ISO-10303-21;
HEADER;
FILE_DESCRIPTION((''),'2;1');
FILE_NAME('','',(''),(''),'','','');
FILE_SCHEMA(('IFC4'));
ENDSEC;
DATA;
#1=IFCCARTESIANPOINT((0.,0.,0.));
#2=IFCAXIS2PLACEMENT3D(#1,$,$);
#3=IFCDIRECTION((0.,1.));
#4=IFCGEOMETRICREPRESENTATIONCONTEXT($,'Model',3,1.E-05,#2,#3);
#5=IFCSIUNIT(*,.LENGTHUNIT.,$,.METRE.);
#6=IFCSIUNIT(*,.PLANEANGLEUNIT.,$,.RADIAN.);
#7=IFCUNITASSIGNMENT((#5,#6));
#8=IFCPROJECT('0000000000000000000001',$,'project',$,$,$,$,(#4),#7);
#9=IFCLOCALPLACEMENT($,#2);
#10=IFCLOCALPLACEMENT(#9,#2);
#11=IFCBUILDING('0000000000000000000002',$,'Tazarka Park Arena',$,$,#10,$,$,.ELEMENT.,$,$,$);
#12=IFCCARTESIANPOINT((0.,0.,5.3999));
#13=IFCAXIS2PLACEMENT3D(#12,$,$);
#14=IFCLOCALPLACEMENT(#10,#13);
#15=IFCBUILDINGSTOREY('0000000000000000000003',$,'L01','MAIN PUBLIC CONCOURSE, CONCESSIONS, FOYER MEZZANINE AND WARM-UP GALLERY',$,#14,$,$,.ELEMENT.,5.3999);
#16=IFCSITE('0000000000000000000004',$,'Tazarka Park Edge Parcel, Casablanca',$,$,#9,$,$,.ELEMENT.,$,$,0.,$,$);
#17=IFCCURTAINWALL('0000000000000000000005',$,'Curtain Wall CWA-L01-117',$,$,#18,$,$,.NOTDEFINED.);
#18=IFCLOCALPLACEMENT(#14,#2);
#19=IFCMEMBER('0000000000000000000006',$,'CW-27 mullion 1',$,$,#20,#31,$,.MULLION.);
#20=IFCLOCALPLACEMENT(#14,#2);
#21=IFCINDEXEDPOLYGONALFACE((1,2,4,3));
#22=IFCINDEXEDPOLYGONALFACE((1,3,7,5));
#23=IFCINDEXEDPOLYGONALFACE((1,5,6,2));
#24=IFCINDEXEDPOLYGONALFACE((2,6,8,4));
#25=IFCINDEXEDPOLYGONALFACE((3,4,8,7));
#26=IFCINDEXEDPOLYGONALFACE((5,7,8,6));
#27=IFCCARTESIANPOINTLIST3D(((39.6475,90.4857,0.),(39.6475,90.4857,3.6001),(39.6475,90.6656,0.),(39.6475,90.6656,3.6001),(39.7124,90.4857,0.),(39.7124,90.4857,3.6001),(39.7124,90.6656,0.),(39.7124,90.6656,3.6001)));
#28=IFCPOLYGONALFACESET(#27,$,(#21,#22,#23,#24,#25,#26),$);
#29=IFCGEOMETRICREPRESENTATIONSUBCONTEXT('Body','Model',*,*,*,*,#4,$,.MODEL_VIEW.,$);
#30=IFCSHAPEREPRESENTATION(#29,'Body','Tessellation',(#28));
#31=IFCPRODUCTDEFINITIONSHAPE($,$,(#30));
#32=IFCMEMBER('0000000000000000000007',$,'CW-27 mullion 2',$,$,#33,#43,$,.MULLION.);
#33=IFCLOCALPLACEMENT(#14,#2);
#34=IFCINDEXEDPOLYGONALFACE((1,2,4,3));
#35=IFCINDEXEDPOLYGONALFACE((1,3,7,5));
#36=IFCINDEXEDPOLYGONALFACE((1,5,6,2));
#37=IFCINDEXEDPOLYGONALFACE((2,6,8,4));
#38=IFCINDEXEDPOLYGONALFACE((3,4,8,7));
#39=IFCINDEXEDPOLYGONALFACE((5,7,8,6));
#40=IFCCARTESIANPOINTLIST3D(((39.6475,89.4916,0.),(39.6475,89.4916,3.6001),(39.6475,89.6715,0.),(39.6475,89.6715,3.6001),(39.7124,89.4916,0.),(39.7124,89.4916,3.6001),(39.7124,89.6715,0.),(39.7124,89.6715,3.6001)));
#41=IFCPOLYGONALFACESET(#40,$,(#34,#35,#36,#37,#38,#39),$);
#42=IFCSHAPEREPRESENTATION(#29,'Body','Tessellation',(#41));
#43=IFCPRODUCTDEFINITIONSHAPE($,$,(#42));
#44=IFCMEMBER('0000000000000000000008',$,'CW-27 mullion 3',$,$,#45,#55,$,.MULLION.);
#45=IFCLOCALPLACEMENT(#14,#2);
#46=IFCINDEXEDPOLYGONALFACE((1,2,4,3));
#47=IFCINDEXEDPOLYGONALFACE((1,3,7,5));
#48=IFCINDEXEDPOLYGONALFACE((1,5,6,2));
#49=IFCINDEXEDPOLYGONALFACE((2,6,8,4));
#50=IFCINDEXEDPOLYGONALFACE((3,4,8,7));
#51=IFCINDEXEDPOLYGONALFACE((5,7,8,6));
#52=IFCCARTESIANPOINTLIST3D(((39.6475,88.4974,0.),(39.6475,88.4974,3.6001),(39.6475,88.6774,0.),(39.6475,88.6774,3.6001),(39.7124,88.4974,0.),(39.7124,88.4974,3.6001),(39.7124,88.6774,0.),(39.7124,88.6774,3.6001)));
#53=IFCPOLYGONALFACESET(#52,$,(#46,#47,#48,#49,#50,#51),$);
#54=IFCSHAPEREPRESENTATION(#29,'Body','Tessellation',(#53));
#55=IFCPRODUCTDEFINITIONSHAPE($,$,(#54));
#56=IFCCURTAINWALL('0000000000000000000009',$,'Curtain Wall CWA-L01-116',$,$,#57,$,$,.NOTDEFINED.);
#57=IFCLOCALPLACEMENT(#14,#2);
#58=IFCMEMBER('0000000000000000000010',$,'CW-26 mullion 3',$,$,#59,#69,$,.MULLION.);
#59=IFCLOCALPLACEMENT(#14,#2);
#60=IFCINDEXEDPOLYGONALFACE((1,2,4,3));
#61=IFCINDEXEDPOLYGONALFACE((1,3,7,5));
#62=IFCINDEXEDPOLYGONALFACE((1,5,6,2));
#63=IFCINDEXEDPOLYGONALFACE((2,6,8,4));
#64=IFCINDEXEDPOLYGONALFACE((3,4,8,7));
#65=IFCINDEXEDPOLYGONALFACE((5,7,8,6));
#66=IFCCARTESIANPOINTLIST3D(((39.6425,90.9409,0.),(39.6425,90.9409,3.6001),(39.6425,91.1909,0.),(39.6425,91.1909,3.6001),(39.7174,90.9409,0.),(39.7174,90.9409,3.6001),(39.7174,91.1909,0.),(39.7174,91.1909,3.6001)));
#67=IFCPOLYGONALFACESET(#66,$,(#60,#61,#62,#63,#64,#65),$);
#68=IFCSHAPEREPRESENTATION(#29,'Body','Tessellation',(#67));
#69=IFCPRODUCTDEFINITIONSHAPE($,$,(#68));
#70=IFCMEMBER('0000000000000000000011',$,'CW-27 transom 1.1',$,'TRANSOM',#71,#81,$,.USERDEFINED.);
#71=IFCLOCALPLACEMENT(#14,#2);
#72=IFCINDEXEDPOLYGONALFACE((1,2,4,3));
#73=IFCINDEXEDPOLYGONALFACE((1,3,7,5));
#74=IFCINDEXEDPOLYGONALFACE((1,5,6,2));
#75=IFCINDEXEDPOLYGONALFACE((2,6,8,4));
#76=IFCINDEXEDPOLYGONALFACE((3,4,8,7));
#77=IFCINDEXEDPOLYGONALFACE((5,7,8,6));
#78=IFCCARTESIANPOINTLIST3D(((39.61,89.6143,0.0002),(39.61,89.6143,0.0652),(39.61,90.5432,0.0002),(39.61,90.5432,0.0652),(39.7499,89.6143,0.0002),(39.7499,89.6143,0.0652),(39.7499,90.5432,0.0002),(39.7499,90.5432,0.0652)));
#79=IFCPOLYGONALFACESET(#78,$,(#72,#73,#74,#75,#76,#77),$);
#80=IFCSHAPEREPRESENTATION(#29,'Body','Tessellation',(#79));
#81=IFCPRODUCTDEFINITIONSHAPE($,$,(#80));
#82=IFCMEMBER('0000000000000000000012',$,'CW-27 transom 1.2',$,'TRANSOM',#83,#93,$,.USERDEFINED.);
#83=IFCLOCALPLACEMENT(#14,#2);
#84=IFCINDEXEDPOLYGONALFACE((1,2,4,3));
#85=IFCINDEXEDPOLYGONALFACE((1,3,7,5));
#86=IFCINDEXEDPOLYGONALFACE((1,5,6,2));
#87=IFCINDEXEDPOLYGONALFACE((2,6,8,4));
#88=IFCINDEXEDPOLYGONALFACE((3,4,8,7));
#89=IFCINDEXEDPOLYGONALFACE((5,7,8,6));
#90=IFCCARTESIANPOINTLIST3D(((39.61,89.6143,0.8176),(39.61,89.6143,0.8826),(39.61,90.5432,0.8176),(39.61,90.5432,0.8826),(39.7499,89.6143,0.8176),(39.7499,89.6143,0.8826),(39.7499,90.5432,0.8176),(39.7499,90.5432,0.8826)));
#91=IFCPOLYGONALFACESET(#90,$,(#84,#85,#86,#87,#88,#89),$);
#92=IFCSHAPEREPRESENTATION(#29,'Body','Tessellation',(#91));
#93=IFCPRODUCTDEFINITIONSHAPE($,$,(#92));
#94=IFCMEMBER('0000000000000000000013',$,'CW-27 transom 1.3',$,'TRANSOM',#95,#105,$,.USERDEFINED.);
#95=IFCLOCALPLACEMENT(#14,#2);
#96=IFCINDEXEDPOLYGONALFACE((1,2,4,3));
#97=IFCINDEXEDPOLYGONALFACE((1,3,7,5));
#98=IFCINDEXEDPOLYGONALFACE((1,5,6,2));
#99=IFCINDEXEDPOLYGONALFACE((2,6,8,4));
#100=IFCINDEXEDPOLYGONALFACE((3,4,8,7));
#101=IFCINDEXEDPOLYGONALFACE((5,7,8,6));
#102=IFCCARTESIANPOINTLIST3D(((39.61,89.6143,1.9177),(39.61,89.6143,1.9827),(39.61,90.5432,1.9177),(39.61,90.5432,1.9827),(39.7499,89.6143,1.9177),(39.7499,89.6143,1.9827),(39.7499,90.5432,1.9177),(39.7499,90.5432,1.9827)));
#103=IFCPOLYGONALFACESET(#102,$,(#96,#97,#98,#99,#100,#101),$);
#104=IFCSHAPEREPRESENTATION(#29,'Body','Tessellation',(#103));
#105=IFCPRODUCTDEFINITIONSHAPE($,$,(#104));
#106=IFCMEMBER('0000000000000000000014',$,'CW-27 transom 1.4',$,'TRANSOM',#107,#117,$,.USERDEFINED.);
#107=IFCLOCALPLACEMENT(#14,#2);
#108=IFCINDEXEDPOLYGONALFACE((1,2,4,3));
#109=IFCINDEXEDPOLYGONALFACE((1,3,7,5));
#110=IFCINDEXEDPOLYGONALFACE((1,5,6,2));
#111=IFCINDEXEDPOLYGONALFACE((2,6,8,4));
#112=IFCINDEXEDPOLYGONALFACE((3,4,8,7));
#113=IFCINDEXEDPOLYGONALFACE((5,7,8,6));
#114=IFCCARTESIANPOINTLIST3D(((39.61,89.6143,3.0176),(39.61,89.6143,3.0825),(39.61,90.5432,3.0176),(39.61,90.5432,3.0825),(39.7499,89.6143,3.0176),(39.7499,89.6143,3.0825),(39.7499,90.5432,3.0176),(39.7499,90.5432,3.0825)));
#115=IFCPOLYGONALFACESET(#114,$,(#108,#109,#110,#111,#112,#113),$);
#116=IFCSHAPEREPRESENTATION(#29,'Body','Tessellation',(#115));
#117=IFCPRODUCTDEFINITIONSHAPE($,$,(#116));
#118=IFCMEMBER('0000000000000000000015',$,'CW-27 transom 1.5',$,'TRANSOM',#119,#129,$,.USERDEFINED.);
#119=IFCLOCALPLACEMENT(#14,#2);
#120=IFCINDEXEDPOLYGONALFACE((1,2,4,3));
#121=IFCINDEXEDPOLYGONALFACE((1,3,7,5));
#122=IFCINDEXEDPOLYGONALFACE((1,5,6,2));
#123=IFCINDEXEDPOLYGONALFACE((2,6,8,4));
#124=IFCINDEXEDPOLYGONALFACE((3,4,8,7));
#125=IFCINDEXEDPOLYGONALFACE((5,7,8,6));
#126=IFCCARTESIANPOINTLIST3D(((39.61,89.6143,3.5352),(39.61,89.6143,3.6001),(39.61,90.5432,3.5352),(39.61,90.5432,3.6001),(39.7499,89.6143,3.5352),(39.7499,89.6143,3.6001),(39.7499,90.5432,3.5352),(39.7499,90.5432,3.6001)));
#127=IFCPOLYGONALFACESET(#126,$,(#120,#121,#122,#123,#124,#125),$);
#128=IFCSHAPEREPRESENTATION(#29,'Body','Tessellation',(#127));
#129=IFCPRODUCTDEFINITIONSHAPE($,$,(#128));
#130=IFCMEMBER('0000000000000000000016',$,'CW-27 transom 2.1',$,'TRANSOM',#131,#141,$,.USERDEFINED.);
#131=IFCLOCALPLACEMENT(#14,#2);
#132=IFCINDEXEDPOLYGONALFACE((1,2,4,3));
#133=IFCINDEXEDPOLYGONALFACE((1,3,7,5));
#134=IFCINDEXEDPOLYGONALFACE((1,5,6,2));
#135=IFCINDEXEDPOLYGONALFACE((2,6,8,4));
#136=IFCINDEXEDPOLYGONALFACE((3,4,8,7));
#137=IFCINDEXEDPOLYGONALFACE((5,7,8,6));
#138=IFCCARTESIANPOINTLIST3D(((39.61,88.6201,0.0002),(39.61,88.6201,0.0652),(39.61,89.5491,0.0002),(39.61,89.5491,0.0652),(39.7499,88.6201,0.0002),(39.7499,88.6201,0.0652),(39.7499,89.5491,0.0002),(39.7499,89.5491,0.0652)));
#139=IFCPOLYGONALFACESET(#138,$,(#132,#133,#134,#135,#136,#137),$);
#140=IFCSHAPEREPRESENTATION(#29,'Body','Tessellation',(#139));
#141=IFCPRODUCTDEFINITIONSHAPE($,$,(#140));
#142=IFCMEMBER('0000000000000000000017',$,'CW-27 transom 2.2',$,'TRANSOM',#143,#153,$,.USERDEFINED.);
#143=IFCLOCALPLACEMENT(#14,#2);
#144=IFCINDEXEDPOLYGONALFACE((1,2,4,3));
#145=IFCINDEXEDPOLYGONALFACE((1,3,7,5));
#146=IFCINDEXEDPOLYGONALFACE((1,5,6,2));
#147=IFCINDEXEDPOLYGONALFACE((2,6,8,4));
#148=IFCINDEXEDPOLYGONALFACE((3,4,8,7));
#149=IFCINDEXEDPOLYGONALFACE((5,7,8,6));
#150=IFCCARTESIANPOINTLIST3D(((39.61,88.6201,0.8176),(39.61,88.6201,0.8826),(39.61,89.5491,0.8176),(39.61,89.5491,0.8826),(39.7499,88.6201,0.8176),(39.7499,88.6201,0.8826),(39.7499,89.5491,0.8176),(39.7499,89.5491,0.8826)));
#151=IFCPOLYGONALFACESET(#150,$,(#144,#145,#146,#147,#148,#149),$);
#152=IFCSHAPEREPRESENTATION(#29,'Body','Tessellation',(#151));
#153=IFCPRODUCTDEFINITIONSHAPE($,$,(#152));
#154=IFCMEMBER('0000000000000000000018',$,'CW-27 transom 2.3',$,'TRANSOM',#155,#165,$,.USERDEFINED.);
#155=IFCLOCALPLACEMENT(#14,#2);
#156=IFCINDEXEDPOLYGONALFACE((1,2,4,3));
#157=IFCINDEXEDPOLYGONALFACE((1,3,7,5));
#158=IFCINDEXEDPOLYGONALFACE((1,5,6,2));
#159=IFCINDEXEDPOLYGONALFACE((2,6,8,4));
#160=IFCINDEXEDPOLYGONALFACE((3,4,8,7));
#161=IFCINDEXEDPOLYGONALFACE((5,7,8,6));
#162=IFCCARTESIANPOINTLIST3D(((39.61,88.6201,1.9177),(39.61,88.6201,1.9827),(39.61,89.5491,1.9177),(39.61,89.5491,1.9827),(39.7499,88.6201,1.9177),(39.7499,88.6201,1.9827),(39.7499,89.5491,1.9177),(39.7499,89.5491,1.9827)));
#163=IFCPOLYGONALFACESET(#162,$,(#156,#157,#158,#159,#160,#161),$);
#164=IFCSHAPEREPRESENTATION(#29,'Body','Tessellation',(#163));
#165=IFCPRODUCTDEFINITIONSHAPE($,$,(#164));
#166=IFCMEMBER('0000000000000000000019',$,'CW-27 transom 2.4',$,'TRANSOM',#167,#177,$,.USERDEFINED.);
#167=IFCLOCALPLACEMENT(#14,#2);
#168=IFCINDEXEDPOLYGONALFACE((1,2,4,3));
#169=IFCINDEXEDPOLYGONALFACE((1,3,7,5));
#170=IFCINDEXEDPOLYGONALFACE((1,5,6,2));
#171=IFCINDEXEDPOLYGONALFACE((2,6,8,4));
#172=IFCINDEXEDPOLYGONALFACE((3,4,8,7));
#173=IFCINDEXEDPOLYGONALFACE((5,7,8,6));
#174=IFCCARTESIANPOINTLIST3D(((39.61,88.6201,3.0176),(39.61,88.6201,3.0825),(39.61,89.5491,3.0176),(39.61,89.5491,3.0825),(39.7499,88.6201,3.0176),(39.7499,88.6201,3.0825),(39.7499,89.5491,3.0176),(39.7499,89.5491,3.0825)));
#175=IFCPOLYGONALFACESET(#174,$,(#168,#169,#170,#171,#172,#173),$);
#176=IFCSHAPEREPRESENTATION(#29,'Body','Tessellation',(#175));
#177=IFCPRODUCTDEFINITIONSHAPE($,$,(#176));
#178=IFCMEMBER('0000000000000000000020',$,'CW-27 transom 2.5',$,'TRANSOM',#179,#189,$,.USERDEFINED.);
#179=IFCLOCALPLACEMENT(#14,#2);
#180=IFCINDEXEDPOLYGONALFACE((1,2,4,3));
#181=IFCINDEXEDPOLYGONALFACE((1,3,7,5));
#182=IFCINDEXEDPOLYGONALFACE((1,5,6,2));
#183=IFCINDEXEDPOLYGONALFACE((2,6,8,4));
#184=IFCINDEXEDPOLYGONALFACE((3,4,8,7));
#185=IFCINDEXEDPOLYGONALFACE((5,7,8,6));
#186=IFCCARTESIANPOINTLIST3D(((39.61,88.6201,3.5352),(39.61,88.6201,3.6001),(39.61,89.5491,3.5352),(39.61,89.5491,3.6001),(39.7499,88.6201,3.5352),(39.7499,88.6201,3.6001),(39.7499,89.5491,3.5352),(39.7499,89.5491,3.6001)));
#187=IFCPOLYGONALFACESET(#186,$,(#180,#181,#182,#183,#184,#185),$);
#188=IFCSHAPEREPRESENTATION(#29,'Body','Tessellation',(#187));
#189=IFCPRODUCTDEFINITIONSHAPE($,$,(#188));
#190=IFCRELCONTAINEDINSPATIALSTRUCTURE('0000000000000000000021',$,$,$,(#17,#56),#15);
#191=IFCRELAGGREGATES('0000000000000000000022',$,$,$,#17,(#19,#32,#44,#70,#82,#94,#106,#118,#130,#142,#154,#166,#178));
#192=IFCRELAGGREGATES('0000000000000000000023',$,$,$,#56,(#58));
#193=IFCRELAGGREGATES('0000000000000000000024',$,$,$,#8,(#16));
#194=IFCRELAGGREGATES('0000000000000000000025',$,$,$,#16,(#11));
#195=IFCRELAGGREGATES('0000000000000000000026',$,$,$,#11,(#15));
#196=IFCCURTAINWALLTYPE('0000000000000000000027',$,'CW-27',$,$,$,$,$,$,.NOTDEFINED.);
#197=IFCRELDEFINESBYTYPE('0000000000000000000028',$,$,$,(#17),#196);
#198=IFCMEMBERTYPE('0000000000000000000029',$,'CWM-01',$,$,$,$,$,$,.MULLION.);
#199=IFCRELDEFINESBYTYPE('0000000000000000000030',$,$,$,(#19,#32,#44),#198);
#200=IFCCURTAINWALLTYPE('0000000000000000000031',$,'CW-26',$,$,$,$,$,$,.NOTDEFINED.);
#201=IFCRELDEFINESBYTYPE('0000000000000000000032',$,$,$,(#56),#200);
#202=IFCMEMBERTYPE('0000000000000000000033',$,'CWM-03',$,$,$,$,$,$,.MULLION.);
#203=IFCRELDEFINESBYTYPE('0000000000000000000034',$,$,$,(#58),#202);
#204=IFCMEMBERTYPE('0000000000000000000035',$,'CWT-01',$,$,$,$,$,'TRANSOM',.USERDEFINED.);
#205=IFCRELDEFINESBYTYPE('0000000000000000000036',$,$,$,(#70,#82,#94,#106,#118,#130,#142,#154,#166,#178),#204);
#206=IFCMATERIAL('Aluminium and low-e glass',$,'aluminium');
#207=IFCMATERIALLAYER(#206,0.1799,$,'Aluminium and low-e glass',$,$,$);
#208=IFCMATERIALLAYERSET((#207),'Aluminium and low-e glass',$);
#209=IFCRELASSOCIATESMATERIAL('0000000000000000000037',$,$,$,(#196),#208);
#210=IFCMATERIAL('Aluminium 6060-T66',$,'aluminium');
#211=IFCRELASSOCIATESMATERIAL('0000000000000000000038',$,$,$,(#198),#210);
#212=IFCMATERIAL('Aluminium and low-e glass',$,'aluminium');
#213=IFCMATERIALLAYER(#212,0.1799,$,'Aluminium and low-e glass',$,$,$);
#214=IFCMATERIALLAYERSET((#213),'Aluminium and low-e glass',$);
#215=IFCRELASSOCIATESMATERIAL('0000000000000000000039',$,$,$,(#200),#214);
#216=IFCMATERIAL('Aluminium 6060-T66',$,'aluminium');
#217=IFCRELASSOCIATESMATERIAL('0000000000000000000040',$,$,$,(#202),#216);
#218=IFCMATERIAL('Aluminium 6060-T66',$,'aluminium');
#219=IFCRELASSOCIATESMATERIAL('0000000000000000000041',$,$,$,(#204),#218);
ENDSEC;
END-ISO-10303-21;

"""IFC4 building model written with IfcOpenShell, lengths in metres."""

from ifc_helpers import new_model, si_unit, direction, frame, origin, origin_2d, place, context, subcontext, project, spatial, rectangle, extrude, material, layer, layer_set, material_profile, profile_set, type_object, element, aggregate, save


model = new_model("IFC4")

# Units and contexts
model_context = context("Model", 3, precision=1e-05, world=origin(), true_north=direction((0.0, 1.0)))
body_context = subcontext(model_context, "Body", "Model", "MODEL_VIEW")
ifc_project = project(units=[si_unit("LENGTHUNIT", "METRE"), si_unit("PLANEANGLEUNIT", "RADIAN")], contexts=[model_context])

# Site, building, storey
site_placement = place(None, origin())
site = spatial("IfcSite", under=ifc_project, at=site_placement, Name="Tazarka Park Edge Parcel, Casablanca", CompositionType="ELEMENT", RefElevation=0.0)
building_placement = place(site_placement, origin())
building = spatial("IfcBuilding", under=site, at=building_placement, Name="Tazarka Park Arena", CompositionType="ELEMENT")
storey_placement = place(building_placement, frame((0.0, 0.0, 5.3999)))
storey = spatial("IfcBuildingStorey", under=building, at=storey_placement, Name="L01", Description="MAIN PUBLIC CONCOURSE, CONCESSIONS, FOYER MEZZANINE AND WARM-UP GALLERY", CompositionType="ELEMENT", Elevation=5.3999)

# Curtain wall, members
ifc_material_1 = material(Name="Aluminium and low-e glass", Category="aluminium")
ifc_layer_1 = layer(ifc_material_1, 0.1799, Name="Aluminium and low-e glass")
ifc_layer_set_1 = layer_set([ifc_layer_1], Name="Aluminium and low-e glass")
curtain_wall_type_1 = type_object("IfcCurtainWallType", Name="CW-27", PredefinedType="NOTDEFINED", material=ifc_layer_set_1)
curtain_wall_1_placement = place(storey_placement, origin())
curtain_wall_1 = element("IfcCurtainWall", 1, at=curtain_wall_1_placement, inside=storey, type_object=curtain_wall_type_1, Name="Curtain Wall CWA-L01-117", PredefinedType="NOTDEFINED")
ifc_material_2 = material(Name="Aluminium 6060-T66", Category="aluminium")
ifc_material_profile_1 = material_profile(ifc_material_2, rectangle(XDim=0.0649, YDim=0.1799, at=origin_2d()), Name="Aluminium 6060-T66")
ifc_profile_set_1 = profile_set([ifc_material_profile_1], Name="Aluminium 6060-T66")
member_type_1 = type_object("IfcMemberType", Name="CWM-01", PredefinedType="MULLION", material=ifc_profile_set_1)
member_1_placement = place(storey_placement, frame((39.6799, 90.5757, 0.0), z_axis=(0.0, 0.0, 1.0), x_axis=(1.0, 0.0, 0.0)))
member_1 = element("IfcMember", 2, at=member_1_placement, type_object=member_type_1, Name="CW-27 mullion 1", PredefinedType="MULLION", context=body_context, shape_type="SweptSolid", body=[
    extrude(rectangle(XDim=0.0649, YDim=0.1799, at=origin_2d()), origin(), (0.0, 0.0, 1.0), 3.6001),
])
member_2_placement = place(storey_placement, frame((39.6799, 89.5815, 0.0), z_axis=(0.0, 0.0, 1.0), x_axis=(1.0, 0.0, 0.0)))
member_2 = element("IfcMember", 3, at=member_2_placement, type_object=member_type_1, Name="CW-27 mullion 2", PredefinedType="MULLION", context=body_context, shape_type="SweptSolid", body=[
    extrude(rectangle(XDim=0.0649, YDim=0.1799, at=origin_2d()), origin(), (0.0, 0.0, 1.0), 3.6001),
])
member_3_placement = place(storey_placement, frame((39.6799, 88.5874, 0.0), z_axis=(0.0, 0.0, 1.0), x_axis=(1.0, 0.0, 0.0)))
member_3 = element("IfcMember", 4, at=member_3_placement, type_object=member_type_1, Name="CW-27 mullion 3", PredefinedType="MULLION", context=body_context, shape_type="SweptSolid", body=[
    extrude(rectangle(XDim=0.0649, YDim=0.1799, at=origin_2d()), origin(), (0.0, 0.0, 1.0), 3.6001),
])

# Curtain wall, member
ifc_material_3 = material(Name="Aluminium and low-e glass", Category="aluminium")
ifc_layer_2 = layer(ifc_material_3, 0.1799, Name="Aluminium and low-e glass")
ifc_layer_set_2 = layer_set([ifc_layer_2], Name="Aluminium and low-e glass")
curtain_wall_type_2 = type_object("IfcCurtainWallType", Name="CW-26", PredefinedType="NOTDEFINED", material=ifc_layer_set_2)
curtain_wall_2_placement = place(storey_placement, origin())
curtain_wall_2 = element("IfcCurtainWall", 5, at=curtain_wall_2_placement, inside=storey, type_object=curtain_wall_type_2, Name="Curtain Wall CWA-L01-116", PredefinedType="NOTDEFINED")
ifc_material_4 = material(Name="Aluminium 6060-T66", Category="aluminium")
ifc_material_profile_2 = material_profile(ifc_material_4, rectangle(XDim=0.075, YDim=0.25, at=origin_2d()), Name="Aluminium 6060-T66")
ifc_profile_set_2 = profile_set([ifc_material_profile_2], Name="Aluminium 6060-T66")
member_type_2 = type_object("IfcMemberType", Name="CWM-03", PredefinedType="MULLION", material=ifc_profile_set_2)
member_4_placement = place(storey_placement, frame((39.6799, 91.0659, 0.0), z_axis=(0.0, 0.0, 1.0), x_axis=(1.0, 0.0, 0.0)))
member_4 = element("IfcMember", 6, at=member_4_placement, type_object=member_type_2, Name="CW-26 mullion 3", PredefinedType="MULLION", context=body_context, shape_type="SweptSolid", body=[
    extrude(rectangle(XDim=0.075, YDim=0.25, at=origin_2d()), origin(), (0.0, 0.0, 1.0), 3.6001),
])

# Members
ifc_material_5 = material(Name="Aluminium 6060-T66", Category="aluminium")
ifc_material_profile_3 = material_profile(ifc_material_5, rectangle(XDim=0.1399, YDim=0.0649, at=origin_2d()), Name="Aluminium 6060-T66")
ifc_profile_set_3 = profile_set([ifc_material_profile_3], Name="Aluminium 6060-T66")
member_type_3 = type_object("IfcMemberType", Name="CWT-01", ElementType="TRANSOM", PredefinedType="USERDEFINED", material=ifc_profile_set_3)
member_5_placement = place(storey_placement, frame((39.6799, 90.5432, 0.0327), z_axis=(0.0, -1.0, 0.0), x_axis=(1.0, 0.0, 0.0)))
member_5 = element("IfcMember", 7, at=member_5_placement, type_object=member_type_3, Name="CW-27 transom 1.1", ObjectType="TRANSOM", PredefinedType="USERDEFINED", context=body_context, shape_type="SweptSolid", body=[
    extrude(rectangle(XDim=0.1399, YDim=0.0649, at=origin_2d()), origin(), (0.0, 0.0, 1.0), 0.929),
])
member_6_placement = place(storey_placement, frame((39.6799, 90.5432, 0.8501), z_axis=(0.0, -1.0, 0.0), x_axis=(1.0, 0.0, 0.0)))
member_6 = element("IfcMember", 8, at=member_6_placement, type_object=member_type_3, Name="CW-27 transom 1.2", ObjectType="TRANSOM", PredefinedType="USERDEFINED", context=body_context, shape_type="SweptSolid", body=[
    extrude(rectangle(XDim=0.1399, YDim=0.0649, at=origin_2d()), origin(), (0.0, 0.0, 1.0), 0.929),
])
member_7_placement = place(storey_placement, frame((39.6799, 90.5432, 1.9502), z_axis=(0.0, -1.0, 0.0), x_axis=(1.0, 0.0, 0.0)))
member_7 = element("IfcMember", 9, at=member_7_placement, type_object=member_type_3, Name="CW-27 transom 1.3", ObjectType="TRANSOM", PredefinedType="USERDEFINED", context=body_context, shape_type="SweptSolid", body=[
    extrude(rectangle(XDim=0.1399, YDim=0.0649, at=origin_2d()), origin(), (0.0, 0.0, 1.0), 0.929),
])
member_8_placement = place(storey_placement, frame((39.6799, 90.5432, 3.05), z_axis=(0.0, -1.0, 0.0), x_axis=(1.0, 0.0, 0.0)))
member_8 = element("IfcMember", 10, at=member_8_placement, type_object=member_type_3, Name="CW-27 transom 1.4", ObjectType="TRANSOM", PredefinedType="USERDEFINED", context=body_context, shape_type="SweptSolid", body=[
    extrude(rectangle(XDim=0.1399, YDim=0.0649, at=origin_2d()), origin(), (0.0, 0.0, 1.0), 0.929),
])
member_9_placement = place(storey_placement, frame((39.6799, 90.5432, 3.5676), z_axis=(0.0, -1.0, 0.0), x_axis=(1.0, 0.0, 0.0)))
member_9 = element("IfcMember", 11, at=member_9_placement, type_object=member_type_3, Name="CW-27 transom 1.5", ObjectType="TRANSOM", PredefinedType="USERDEFINED", context=body_context, shape_type="SweptSolid", body=[
    extrude(rectangle(XDim=0.1399, YDim=0.0649, at=origin_2d()), origin(), (0.0, 0.0, 1.0), 0.929),
])
member_10_placement = place(storey_placement, frame((39.6799, 89.5491, 0.0327), z_axis=(0.0, -1.0, 0.0), x_axis=(1.0, 0.0, 0.0)))
member_10 = element("IfcMember", 12, at=member_10_placement, type_object=member_type_3, Name="CW-27 transom 2.1", ObjectType="TRANSOM", PredefinedType="USERDEFINED", context=body_context, shape_type="SweptSolid", body=[
    extrude(rectangle(XDim=0.1399, YDim=0.0649, at=origin_2d()), origin(), (0.0, 0.0, 1.0), 0.929),
])
member_11_placement = place(storey_placement, frame((39.6799, 89.5491, 0.8501), z_axis=(0.0, -1.0, 0.0), x_axis=(1.0, 0.0, 0.0)))
member_11 = element("IfcMember", 13, at=member_11_placement, type_object=member_type_3, Name="CW-27 transom 2.2", ObjectType="TRANSOM", PredefinedType="USERDEFINED", context=body_context, shape_type="SweptSolid", body=[
    extrude(rectangle(XDim=0.1399, YDim=0.0649, at=origin_2d()), origin(), (0.0, 0.0, 1.0), 0.929),
])
member_12_placement = place(storey_placement, frame((39.6799, 89.5491, 1.9502), z_axis=(0.0, -1.0, 0.0), x_axis=(1.0, 0.0, 0.0)))
member_12 = element("IfcMember", 14, at=member_12_placement, type_object=member_type_3, Name="CW-27 transom 2.3", ObjectType="TRANSOM", PredefinedType="USERDEFINED", context=body_context, shape_type="SweptSolid", body=[
    extrude(rectangle(XDim=0.1399, YDim=0.0649, at=origin_2d()), origin(), (0.0, 0.0, 1.0), 0.929),
])
member_13_placement = place(storey_placement, frame((39.6799, 89.5491, 3.05), z_axis=(0.0, -1.0, 0.0), x_axis=(1.0, 0.0, 0.0)))
member_13 = element("IfcMember", 15, at=member_13_placement, type_object=member_type_3, Name="CW-27 transom 2.4", ObjectType="TRANSOM", PredefinedType="USERDEFINED", context=body_context, shape_type="SweptSolid", body=[
    extrude(rectangle(XDim=0.1399, YDim=0.0649, at=origin_2d()), origin(), (0.0, 0.0, 1.0), 0.929),
])
member_14_placement = place(storey_placement, frame((39.6799, 89.5491, 3.5676), z_axis=(0.0, -1.0, 0.0), x_axis=(1.0, 0.0, 0.0)))
member_14 = element("IfcMember", 16, at=member_14_placement, type_object=member_type_3, Name="CW-27 transom 2.5", ObjectType="TRANSOM", PredefinedType="USERDEFINED", context=body_context, shape_type="SweptSolid", body=[
    extrude(rectangle(XDim=0.1399, YDim=0.0649, at=origin_2d()), origin(), (0.0, 0.0, 1.0), 0.929),
])

aggregate(curtain_wall_1, [member_1, member_2, member_3, member_5, member_6, member_7, member_8, member_9, member_10, member_11, member_12, member_13, member_14])
aggregate(curtain_wall_2, [member_4])

save(model, "model.ifc")
